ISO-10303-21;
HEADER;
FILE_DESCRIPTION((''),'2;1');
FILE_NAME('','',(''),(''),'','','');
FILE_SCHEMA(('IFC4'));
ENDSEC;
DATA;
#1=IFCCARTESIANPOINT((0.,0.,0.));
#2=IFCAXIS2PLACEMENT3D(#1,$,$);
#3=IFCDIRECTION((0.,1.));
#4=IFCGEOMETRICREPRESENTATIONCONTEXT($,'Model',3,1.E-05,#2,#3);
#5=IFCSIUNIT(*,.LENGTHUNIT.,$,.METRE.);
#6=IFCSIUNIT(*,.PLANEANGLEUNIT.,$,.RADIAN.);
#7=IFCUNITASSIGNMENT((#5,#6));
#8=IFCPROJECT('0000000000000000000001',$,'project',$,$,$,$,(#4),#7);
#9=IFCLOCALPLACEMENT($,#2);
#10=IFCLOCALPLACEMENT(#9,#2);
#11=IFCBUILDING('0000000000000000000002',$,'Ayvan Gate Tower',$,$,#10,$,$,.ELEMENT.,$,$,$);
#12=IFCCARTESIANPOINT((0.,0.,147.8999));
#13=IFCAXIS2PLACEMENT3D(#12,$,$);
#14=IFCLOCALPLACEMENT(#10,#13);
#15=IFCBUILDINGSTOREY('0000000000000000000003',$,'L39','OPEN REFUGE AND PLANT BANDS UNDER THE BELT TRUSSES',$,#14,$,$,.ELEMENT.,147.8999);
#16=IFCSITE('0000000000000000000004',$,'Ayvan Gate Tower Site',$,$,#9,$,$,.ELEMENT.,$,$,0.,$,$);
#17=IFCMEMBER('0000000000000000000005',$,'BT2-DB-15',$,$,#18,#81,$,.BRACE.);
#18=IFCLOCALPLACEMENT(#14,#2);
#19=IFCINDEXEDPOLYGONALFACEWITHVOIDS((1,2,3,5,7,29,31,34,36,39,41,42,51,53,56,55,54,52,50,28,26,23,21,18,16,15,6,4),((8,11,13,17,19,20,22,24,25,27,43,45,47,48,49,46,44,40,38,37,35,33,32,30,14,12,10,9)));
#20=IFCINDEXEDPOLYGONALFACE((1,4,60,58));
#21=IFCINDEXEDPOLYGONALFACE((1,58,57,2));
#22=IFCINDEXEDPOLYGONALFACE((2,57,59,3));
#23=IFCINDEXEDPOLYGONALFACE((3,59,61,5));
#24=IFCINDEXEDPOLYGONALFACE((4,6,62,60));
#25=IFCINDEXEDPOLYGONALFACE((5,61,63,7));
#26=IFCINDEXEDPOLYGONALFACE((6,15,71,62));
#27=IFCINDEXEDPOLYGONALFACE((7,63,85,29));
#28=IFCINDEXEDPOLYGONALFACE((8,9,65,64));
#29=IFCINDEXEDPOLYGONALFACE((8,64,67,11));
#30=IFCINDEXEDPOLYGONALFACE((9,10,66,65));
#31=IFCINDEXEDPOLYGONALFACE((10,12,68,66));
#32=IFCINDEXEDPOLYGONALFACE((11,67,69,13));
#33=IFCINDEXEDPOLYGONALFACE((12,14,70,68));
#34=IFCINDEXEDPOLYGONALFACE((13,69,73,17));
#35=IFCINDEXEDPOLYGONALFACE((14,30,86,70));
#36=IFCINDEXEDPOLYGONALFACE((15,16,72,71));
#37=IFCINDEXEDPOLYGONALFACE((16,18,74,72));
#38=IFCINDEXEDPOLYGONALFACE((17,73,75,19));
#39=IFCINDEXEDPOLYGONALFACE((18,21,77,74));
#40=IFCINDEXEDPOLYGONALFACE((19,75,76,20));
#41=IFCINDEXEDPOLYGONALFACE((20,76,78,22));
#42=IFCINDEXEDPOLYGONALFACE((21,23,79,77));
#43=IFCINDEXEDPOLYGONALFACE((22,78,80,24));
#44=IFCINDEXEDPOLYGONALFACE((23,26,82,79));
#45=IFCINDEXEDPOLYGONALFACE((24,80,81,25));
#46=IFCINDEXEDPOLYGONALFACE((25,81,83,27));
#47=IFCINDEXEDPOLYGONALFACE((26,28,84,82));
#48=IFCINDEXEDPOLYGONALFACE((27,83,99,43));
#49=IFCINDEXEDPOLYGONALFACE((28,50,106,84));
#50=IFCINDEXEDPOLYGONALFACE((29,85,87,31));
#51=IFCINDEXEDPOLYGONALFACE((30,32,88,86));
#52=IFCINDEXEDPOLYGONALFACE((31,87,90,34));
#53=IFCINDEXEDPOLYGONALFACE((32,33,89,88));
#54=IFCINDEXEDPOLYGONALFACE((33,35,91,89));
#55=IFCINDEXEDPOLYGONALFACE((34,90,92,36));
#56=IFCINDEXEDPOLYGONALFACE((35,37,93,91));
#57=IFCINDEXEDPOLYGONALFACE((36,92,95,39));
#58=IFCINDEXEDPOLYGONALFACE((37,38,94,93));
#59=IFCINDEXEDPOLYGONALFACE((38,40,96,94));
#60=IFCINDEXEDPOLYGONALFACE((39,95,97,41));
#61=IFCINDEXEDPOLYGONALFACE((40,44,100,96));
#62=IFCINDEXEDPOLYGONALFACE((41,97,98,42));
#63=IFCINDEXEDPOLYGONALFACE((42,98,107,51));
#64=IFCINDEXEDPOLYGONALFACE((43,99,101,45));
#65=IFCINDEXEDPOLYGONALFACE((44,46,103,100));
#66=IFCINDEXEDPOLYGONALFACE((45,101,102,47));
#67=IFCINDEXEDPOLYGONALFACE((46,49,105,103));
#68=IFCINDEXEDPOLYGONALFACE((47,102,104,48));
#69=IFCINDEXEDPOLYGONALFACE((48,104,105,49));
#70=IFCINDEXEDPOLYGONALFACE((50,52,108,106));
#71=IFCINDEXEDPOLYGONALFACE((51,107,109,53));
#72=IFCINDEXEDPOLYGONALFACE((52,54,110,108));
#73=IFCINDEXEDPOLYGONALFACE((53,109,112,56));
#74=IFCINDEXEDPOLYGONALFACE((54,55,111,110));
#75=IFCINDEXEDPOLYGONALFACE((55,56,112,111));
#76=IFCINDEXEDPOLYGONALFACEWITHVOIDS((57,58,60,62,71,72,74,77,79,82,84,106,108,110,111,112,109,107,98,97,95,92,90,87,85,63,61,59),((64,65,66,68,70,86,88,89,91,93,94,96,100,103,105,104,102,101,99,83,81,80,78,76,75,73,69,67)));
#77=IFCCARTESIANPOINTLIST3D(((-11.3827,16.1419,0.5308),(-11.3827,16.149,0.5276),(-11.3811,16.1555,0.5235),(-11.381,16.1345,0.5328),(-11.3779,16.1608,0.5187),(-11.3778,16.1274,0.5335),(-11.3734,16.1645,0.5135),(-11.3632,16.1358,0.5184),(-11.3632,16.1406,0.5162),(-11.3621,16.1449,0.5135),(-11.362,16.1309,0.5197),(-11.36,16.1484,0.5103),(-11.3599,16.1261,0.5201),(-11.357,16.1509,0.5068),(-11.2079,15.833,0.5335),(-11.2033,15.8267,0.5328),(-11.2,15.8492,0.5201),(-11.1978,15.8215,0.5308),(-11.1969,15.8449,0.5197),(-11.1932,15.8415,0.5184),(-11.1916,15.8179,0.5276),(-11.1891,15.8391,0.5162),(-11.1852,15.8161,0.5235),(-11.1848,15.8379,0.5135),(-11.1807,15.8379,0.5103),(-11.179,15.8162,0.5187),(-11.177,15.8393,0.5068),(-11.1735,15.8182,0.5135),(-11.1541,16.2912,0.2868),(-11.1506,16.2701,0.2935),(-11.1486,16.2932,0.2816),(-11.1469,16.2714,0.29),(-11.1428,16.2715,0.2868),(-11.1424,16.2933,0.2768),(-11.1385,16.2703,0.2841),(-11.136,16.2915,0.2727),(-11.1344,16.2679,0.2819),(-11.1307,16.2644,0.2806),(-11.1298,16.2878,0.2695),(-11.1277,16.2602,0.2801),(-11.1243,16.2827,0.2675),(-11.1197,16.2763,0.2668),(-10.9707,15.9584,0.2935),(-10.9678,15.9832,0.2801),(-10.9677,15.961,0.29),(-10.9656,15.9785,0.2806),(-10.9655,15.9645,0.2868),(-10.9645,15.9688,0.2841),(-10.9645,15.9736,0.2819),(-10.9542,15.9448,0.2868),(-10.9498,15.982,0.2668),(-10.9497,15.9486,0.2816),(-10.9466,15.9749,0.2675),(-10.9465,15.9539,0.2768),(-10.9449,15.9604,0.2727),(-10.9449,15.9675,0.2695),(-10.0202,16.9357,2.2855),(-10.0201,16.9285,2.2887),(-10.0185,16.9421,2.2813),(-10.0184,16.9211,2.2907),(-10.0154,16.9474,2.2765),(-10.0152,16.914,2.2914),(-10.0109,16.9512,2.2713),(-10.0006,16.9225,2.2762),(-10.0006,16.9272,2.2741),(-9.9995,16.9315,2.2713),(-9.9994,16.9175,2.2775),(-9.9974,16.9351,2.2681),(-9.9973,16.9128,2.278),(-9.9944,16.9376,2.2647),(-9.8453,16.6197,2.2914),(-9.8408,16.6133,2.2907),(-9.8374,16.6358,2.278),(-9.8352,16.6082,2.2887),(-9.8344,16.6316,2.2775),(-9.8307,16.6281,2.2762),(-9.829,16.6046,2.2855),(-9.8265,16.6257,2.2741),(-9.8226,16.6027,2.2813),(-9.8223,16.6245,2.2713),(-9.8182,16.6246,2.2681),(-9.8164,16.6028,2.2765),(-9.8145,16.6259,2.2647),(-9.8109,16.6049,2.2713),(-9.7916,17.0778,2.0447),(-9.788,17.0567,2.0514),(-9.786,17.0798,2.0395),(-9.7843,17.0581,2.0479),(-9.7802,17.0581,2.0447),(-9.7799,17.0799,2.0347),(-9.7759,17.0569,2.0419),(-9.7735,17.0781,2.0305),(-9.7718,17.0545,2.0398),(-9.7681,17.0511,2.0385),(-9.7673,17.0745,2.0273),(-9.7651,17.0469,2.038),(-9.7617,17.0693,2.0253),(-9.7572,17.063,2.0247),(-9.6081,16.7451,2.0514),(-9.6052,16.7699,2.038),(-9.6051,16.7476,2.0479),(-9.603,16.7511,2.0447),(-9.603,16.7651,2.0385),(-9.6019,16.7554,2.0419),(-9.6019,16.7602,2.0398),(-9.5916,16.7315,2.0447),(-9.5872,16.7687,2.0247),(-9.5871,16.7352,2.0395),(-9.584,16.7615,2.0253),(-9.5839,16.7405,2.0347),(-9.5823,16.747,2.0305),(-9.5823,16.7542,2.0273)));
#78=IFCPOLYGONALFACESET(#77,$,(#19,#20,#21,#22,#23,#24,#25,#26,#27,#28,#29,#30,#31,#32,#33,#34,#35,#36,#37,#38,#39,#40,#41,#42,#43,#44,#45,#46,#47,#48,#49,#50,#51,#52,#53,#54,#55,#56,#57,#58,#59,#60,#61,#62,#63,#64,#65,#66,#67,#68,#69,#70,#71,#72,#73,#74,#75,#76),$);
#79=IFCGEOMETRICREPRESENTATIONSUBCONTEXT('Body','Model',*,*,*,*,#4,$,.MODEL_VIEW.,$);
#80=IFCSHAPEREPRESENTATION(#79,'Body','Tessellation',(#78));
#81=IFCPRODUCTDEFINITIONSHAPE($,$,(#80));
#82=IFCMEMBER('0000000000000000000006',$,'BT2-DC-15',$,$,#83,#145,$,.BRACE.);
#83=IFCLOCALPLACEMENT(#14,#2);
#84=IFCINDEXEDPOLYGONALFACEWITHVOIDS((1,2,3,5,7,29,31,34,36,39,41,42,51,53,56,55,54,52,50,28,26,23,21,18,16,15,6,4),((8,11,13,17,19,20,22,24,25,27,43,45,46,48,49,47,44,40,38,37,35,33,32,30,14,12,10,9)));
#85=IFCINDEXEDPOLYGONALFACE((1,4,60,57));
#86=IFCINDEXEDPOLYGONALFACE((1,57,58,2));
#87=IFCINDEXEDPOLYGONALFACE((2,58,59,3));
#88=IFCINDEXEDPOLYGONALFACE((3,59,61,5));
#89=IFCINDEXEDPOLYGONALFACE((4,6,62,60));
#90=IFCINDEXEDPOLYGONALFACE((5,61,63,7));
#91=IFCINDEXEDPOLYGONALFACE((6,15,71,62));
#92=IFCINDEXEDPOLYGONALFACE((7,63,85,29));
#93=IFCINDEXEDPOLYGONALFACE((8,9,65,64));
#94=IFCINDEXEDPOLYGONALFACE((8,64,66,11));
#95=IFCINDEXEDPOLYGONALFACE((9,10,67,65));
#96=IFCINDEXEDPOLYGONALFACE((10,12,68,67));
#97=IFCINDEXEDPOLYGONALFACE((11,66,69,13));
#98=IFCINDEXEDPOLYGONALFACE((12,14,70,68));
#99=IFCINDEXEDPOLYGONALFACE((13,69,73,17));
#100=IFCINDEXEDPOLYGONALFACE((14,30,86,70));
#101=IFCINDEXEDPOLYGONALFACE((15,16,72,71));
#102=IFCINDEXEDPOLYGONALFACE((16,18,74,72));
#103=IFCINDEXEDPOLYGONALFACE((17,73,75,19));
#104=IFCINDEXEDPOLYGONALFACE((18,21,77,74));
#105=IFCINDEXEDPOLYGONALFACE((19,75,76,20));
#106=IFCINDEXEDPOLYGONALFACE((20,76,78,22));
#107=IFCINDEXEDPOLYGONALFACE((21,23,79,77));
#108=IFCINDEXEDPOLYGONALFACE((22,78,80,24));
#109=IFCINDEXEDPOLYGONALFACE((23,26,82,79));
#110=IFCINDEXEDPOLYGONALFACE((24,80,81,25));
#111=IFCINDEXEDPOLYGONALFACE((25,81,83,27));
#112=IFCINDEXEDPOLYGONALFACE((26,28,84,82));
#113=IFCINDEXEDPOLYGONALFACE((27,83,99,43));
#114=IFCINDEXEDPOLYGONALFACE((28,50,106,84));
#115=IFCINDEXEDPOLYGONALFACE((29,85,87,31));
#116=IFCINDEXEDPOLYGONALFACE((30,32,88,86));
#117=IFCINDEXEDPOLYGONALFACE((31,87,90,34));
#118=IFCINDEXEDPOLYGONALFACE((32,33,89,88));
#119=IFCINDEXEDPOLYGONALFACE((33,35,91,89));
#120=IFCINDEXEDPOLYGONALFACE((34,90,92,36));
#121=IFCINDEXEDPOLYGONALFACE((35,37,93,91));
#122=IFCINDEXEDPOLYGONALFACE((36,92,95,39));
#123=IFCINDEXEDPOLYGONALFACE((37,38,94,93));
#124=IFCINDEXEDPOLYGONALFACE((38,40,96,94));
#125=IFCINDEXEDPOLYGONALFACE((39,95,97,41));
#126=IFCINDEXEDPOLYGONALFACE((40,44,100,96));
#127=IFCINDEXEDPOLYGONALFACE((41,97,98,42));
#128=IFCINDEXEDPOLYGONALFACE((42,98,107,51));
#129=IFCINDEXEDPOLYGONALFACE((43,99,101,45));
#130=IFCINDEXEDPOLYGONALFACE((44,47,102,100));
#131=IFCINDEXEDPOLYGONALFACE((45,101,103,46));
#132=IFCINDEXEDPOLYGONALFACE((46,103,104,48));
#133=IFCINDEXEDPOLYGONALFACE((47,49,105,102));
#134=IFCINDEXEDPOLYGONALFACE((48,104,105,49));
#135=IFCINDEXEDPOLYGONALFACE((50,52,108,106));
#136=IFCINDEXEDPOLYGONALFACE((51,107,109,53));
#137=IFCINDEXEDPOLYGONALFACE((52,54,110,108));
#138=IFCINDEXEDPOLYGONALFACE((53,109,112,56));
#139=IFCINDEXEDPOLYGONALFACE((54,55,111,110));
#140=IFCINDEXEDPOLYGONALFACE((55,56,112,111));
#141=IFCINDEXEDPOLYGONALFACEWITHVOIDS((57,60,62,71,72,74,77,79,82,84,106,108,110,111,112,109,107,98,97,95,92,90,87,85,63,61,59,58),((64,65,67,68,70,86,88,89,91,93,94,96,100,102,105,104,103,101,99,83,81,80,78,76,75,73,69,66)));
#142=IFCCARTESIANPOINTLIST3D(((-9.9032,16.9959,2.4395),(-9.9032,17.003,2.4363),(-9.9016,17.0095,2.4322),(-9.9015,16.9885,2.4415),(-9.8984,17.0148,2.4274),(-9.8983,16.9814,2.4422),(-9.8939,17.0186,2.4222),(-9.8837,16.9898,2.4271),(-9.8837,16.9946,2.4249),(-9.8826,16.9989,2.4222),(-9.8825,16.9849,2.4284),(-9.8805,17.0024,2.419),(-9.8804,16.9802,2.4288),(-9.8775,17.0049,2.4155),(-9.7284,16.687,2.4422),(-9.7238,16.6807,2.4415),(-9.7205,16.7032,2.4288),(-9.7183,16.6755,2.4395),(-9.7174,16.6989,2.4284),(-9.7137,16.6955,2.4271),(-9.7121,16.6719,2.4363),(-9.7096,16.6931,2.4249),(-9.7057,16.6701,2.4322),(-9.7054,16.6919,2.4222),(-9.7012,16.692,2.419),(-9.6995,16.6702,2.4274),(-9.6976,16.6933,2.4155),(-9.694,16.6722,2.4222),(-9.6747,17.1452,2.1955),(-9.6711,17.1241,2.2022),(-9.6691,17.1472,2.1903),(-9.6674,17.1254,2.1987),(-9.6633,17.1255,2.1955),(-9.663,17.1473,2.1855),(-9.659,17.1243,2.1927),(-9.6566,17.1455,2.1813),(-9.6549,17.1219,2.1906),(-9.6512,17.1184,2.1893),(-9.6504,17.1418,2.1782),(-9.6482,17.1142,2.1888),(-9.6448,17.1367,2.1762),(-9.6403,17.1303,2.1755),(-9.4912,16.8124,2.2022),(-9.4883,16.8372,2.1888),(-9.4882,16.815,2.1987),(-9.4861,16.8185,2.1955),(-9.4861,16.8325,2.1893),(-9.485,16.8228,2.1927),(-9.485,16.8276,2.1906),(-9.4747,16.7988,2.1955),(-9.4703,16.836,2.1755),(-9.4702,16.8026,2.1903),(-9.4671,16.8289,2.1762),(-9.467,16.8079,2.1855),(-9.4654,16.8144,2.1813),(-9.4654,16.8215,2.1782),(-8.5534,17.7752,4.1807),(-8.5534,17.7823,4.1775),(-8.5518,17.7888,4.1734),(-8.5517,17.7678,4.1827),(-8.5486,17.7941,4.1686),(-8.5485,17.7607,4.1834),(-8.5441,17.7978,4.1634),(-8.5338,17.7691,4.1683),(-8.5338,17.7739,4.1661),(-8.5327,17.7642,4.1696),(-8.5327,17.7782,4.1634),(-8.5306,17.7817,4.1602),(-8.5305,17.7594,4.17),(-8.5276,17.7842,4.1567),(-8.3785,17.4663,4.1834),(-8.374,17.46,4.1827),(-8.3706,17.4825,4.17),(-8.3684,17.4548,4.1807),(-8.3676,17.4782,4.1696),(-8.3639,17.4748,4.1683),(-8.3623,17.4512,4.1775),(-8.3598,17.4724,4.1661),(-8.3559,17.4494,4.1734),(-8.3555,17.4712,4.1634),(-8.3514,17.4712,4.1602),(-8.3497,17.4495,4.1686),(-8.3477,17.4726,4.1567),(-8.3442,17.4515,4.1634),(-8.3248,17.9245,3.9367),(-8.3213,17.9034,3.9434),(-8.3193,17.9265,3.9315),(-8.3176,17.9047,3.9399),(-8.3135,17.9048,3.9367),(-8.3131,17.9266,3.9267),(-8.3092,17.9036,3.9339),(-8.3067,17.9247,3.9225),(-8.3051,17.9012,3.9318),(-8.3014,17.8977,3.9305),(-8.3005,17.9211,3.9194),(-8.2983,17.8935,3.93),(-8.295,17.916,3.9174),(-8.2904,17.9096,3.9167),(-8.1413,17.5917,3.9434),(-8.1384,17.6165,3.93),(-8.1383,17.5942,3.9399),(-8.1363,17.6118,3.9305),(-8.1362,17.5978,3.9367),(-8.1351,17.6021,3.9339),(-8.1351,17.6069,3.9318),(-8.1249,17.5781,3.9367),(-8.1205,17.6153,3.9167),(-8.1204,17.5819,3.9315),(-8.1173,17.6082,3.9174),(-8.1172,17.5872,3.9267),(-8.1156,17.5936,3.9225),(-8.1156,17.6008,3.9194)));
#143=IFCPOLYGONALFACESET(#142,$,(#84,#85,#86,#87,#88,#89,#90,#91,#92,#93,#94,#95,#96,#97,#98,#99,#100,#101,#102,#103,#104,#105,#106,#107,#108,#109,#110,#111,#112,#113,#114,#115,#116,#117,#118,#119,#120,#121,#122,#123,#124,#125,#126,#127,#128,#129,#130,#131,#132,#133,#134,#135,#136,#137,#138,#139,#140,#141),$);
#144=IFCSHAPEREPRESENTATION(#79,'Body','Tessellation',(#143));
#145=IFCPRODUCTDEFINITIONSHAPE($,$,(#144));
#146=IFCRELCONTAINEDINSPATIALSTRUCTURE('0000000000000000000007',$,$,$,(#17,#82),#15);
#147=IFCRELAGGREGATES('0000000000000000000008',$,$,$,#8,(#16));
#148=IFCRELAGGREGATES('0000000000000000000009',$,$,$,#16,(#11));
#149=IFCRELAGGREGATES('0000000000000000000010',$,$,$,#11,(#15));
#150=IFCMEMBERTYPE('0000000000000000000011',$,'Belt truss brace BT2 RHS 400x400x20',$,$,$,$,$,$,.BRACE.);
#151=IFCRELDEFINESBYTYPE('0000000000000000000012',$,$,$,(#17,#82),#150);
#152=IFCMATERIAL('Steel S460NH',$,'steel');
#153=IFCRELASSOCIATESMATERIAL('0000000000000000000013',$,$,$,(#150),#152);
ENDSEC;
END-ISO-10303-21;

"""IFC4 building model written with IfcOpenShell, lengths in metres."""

from ifc_helpers import new_model, si_unit, direction, frame, origin, origin_2d, place, context, subcontext, project, spatial, hollow_rectangle, extrude, material, material_profile, profile_set, type_object, element, save


model = new_model("IFC4")

# Units and contexts
model_context = context("Model", 3, precision=1e-05, world=origin(), true_north=direction((0.0, 1.0)))
body_context = subcontext(model_context, "Body", "Model", "MODEL_VIEW")
ifc_project = project(units=[si_unit("LENGTHUNIT", "METRE"), si_unit("PLANEANGLEUNIT", "RADIAN")], contexts=[model_context])

# Site, building, storey
site_placement = place(None, origin())
site = spatial("IfcSite", under=ifc_project, at=site_placement, Name="Ayvan Gate Tower Site", CompositionType="ELEMENT", RefElevation=0.0)
building_placement = place(site_placement, origin())
building = spatial("IfcBuilding", under=site, at=building_placement, Name="Ayvan Gate Tower", CompositionType="ELEMENT")
storey_placement = place(building_placement, frame((0.0, 0.0, 147.8999)))
storey = spatial("IfcBuildingStorey", under=building, at=storey_placement, Name="L39", Description="OPEN REFUGE AND PLANT BANDS UNDER THE BELT TRUSSES", CompositionType="ELEMENT", Elevation=147.8999)

# Members
ifc_material_1 = material(Name="Steel S460NH", Category="steel")
ifc_material_profile_1 = material_profile(ifc_material_1, hollow_rectangle(XDim=0.3999, YDim=0.3999, WallThickness=0.02, InnerFilletRadius=0.02, OuterFilletRadius=0.03, at=origin_2d()), Name="RHS 400x400x20")
ifc_profile_set_1 = profile_set([ifc_material_profile_1], Name="Steel S460NH")
member_type_1 = type_object("IfcMemberType", Name="Belt truss brace BT2 RHS 400x400x20", PredefinedType="BRACE", material=ifc_profile_set_1)
member_1_placement = place(storey_placement, frame((-11.1638, 16.0547, 0.4001), z_axis=(0.577579, 0.333445, 0.745129), x_axis=(-0.499978, 0.866038, 0.0)))
element("IfcMember", 1, at=member_1_placement, inside=storey, type_object=member_type_1, Name="BT2-DB-15", PredefinedType="BRACE", context=body_context, shape_type="SweptSolid", body=[
    extrude(hollow_rectangle(XDim=0.3999, YDim=0.3999, WallThickness=0.02, InnerFilletRadius=0.02, OuterFilletRadius=0.03, at=origin_2d()), origin(), (0.0, 0.0, 1.0), 2.3591),
])
member_2_placement = place(storey_placement, frame((-9.6843, 16.9087, 2.3088), z_axis=(0.577619, 0.333471, 0.745086), x_axis=(-0.49998, 0.866037, 0.0)))
element("IfcMember", 2, at=member_2_placement, inside=storey, type_object=member_type_1, Name="BT2-DC-15", PredefinedType="BRACE", context=body_context, shape_type="SweptSolid", body=[
    extrude(hollow_rectangle(XDim=0.3999, YDim=0.3999, WallThickness=0.02, InnerFilletRadius=0.02, OuterFilletRadius=0.03, at=origin_2d()), origin(), (0.0, 0.0, 1.0), 2.3369),
])

save(model, "model.ifc")
